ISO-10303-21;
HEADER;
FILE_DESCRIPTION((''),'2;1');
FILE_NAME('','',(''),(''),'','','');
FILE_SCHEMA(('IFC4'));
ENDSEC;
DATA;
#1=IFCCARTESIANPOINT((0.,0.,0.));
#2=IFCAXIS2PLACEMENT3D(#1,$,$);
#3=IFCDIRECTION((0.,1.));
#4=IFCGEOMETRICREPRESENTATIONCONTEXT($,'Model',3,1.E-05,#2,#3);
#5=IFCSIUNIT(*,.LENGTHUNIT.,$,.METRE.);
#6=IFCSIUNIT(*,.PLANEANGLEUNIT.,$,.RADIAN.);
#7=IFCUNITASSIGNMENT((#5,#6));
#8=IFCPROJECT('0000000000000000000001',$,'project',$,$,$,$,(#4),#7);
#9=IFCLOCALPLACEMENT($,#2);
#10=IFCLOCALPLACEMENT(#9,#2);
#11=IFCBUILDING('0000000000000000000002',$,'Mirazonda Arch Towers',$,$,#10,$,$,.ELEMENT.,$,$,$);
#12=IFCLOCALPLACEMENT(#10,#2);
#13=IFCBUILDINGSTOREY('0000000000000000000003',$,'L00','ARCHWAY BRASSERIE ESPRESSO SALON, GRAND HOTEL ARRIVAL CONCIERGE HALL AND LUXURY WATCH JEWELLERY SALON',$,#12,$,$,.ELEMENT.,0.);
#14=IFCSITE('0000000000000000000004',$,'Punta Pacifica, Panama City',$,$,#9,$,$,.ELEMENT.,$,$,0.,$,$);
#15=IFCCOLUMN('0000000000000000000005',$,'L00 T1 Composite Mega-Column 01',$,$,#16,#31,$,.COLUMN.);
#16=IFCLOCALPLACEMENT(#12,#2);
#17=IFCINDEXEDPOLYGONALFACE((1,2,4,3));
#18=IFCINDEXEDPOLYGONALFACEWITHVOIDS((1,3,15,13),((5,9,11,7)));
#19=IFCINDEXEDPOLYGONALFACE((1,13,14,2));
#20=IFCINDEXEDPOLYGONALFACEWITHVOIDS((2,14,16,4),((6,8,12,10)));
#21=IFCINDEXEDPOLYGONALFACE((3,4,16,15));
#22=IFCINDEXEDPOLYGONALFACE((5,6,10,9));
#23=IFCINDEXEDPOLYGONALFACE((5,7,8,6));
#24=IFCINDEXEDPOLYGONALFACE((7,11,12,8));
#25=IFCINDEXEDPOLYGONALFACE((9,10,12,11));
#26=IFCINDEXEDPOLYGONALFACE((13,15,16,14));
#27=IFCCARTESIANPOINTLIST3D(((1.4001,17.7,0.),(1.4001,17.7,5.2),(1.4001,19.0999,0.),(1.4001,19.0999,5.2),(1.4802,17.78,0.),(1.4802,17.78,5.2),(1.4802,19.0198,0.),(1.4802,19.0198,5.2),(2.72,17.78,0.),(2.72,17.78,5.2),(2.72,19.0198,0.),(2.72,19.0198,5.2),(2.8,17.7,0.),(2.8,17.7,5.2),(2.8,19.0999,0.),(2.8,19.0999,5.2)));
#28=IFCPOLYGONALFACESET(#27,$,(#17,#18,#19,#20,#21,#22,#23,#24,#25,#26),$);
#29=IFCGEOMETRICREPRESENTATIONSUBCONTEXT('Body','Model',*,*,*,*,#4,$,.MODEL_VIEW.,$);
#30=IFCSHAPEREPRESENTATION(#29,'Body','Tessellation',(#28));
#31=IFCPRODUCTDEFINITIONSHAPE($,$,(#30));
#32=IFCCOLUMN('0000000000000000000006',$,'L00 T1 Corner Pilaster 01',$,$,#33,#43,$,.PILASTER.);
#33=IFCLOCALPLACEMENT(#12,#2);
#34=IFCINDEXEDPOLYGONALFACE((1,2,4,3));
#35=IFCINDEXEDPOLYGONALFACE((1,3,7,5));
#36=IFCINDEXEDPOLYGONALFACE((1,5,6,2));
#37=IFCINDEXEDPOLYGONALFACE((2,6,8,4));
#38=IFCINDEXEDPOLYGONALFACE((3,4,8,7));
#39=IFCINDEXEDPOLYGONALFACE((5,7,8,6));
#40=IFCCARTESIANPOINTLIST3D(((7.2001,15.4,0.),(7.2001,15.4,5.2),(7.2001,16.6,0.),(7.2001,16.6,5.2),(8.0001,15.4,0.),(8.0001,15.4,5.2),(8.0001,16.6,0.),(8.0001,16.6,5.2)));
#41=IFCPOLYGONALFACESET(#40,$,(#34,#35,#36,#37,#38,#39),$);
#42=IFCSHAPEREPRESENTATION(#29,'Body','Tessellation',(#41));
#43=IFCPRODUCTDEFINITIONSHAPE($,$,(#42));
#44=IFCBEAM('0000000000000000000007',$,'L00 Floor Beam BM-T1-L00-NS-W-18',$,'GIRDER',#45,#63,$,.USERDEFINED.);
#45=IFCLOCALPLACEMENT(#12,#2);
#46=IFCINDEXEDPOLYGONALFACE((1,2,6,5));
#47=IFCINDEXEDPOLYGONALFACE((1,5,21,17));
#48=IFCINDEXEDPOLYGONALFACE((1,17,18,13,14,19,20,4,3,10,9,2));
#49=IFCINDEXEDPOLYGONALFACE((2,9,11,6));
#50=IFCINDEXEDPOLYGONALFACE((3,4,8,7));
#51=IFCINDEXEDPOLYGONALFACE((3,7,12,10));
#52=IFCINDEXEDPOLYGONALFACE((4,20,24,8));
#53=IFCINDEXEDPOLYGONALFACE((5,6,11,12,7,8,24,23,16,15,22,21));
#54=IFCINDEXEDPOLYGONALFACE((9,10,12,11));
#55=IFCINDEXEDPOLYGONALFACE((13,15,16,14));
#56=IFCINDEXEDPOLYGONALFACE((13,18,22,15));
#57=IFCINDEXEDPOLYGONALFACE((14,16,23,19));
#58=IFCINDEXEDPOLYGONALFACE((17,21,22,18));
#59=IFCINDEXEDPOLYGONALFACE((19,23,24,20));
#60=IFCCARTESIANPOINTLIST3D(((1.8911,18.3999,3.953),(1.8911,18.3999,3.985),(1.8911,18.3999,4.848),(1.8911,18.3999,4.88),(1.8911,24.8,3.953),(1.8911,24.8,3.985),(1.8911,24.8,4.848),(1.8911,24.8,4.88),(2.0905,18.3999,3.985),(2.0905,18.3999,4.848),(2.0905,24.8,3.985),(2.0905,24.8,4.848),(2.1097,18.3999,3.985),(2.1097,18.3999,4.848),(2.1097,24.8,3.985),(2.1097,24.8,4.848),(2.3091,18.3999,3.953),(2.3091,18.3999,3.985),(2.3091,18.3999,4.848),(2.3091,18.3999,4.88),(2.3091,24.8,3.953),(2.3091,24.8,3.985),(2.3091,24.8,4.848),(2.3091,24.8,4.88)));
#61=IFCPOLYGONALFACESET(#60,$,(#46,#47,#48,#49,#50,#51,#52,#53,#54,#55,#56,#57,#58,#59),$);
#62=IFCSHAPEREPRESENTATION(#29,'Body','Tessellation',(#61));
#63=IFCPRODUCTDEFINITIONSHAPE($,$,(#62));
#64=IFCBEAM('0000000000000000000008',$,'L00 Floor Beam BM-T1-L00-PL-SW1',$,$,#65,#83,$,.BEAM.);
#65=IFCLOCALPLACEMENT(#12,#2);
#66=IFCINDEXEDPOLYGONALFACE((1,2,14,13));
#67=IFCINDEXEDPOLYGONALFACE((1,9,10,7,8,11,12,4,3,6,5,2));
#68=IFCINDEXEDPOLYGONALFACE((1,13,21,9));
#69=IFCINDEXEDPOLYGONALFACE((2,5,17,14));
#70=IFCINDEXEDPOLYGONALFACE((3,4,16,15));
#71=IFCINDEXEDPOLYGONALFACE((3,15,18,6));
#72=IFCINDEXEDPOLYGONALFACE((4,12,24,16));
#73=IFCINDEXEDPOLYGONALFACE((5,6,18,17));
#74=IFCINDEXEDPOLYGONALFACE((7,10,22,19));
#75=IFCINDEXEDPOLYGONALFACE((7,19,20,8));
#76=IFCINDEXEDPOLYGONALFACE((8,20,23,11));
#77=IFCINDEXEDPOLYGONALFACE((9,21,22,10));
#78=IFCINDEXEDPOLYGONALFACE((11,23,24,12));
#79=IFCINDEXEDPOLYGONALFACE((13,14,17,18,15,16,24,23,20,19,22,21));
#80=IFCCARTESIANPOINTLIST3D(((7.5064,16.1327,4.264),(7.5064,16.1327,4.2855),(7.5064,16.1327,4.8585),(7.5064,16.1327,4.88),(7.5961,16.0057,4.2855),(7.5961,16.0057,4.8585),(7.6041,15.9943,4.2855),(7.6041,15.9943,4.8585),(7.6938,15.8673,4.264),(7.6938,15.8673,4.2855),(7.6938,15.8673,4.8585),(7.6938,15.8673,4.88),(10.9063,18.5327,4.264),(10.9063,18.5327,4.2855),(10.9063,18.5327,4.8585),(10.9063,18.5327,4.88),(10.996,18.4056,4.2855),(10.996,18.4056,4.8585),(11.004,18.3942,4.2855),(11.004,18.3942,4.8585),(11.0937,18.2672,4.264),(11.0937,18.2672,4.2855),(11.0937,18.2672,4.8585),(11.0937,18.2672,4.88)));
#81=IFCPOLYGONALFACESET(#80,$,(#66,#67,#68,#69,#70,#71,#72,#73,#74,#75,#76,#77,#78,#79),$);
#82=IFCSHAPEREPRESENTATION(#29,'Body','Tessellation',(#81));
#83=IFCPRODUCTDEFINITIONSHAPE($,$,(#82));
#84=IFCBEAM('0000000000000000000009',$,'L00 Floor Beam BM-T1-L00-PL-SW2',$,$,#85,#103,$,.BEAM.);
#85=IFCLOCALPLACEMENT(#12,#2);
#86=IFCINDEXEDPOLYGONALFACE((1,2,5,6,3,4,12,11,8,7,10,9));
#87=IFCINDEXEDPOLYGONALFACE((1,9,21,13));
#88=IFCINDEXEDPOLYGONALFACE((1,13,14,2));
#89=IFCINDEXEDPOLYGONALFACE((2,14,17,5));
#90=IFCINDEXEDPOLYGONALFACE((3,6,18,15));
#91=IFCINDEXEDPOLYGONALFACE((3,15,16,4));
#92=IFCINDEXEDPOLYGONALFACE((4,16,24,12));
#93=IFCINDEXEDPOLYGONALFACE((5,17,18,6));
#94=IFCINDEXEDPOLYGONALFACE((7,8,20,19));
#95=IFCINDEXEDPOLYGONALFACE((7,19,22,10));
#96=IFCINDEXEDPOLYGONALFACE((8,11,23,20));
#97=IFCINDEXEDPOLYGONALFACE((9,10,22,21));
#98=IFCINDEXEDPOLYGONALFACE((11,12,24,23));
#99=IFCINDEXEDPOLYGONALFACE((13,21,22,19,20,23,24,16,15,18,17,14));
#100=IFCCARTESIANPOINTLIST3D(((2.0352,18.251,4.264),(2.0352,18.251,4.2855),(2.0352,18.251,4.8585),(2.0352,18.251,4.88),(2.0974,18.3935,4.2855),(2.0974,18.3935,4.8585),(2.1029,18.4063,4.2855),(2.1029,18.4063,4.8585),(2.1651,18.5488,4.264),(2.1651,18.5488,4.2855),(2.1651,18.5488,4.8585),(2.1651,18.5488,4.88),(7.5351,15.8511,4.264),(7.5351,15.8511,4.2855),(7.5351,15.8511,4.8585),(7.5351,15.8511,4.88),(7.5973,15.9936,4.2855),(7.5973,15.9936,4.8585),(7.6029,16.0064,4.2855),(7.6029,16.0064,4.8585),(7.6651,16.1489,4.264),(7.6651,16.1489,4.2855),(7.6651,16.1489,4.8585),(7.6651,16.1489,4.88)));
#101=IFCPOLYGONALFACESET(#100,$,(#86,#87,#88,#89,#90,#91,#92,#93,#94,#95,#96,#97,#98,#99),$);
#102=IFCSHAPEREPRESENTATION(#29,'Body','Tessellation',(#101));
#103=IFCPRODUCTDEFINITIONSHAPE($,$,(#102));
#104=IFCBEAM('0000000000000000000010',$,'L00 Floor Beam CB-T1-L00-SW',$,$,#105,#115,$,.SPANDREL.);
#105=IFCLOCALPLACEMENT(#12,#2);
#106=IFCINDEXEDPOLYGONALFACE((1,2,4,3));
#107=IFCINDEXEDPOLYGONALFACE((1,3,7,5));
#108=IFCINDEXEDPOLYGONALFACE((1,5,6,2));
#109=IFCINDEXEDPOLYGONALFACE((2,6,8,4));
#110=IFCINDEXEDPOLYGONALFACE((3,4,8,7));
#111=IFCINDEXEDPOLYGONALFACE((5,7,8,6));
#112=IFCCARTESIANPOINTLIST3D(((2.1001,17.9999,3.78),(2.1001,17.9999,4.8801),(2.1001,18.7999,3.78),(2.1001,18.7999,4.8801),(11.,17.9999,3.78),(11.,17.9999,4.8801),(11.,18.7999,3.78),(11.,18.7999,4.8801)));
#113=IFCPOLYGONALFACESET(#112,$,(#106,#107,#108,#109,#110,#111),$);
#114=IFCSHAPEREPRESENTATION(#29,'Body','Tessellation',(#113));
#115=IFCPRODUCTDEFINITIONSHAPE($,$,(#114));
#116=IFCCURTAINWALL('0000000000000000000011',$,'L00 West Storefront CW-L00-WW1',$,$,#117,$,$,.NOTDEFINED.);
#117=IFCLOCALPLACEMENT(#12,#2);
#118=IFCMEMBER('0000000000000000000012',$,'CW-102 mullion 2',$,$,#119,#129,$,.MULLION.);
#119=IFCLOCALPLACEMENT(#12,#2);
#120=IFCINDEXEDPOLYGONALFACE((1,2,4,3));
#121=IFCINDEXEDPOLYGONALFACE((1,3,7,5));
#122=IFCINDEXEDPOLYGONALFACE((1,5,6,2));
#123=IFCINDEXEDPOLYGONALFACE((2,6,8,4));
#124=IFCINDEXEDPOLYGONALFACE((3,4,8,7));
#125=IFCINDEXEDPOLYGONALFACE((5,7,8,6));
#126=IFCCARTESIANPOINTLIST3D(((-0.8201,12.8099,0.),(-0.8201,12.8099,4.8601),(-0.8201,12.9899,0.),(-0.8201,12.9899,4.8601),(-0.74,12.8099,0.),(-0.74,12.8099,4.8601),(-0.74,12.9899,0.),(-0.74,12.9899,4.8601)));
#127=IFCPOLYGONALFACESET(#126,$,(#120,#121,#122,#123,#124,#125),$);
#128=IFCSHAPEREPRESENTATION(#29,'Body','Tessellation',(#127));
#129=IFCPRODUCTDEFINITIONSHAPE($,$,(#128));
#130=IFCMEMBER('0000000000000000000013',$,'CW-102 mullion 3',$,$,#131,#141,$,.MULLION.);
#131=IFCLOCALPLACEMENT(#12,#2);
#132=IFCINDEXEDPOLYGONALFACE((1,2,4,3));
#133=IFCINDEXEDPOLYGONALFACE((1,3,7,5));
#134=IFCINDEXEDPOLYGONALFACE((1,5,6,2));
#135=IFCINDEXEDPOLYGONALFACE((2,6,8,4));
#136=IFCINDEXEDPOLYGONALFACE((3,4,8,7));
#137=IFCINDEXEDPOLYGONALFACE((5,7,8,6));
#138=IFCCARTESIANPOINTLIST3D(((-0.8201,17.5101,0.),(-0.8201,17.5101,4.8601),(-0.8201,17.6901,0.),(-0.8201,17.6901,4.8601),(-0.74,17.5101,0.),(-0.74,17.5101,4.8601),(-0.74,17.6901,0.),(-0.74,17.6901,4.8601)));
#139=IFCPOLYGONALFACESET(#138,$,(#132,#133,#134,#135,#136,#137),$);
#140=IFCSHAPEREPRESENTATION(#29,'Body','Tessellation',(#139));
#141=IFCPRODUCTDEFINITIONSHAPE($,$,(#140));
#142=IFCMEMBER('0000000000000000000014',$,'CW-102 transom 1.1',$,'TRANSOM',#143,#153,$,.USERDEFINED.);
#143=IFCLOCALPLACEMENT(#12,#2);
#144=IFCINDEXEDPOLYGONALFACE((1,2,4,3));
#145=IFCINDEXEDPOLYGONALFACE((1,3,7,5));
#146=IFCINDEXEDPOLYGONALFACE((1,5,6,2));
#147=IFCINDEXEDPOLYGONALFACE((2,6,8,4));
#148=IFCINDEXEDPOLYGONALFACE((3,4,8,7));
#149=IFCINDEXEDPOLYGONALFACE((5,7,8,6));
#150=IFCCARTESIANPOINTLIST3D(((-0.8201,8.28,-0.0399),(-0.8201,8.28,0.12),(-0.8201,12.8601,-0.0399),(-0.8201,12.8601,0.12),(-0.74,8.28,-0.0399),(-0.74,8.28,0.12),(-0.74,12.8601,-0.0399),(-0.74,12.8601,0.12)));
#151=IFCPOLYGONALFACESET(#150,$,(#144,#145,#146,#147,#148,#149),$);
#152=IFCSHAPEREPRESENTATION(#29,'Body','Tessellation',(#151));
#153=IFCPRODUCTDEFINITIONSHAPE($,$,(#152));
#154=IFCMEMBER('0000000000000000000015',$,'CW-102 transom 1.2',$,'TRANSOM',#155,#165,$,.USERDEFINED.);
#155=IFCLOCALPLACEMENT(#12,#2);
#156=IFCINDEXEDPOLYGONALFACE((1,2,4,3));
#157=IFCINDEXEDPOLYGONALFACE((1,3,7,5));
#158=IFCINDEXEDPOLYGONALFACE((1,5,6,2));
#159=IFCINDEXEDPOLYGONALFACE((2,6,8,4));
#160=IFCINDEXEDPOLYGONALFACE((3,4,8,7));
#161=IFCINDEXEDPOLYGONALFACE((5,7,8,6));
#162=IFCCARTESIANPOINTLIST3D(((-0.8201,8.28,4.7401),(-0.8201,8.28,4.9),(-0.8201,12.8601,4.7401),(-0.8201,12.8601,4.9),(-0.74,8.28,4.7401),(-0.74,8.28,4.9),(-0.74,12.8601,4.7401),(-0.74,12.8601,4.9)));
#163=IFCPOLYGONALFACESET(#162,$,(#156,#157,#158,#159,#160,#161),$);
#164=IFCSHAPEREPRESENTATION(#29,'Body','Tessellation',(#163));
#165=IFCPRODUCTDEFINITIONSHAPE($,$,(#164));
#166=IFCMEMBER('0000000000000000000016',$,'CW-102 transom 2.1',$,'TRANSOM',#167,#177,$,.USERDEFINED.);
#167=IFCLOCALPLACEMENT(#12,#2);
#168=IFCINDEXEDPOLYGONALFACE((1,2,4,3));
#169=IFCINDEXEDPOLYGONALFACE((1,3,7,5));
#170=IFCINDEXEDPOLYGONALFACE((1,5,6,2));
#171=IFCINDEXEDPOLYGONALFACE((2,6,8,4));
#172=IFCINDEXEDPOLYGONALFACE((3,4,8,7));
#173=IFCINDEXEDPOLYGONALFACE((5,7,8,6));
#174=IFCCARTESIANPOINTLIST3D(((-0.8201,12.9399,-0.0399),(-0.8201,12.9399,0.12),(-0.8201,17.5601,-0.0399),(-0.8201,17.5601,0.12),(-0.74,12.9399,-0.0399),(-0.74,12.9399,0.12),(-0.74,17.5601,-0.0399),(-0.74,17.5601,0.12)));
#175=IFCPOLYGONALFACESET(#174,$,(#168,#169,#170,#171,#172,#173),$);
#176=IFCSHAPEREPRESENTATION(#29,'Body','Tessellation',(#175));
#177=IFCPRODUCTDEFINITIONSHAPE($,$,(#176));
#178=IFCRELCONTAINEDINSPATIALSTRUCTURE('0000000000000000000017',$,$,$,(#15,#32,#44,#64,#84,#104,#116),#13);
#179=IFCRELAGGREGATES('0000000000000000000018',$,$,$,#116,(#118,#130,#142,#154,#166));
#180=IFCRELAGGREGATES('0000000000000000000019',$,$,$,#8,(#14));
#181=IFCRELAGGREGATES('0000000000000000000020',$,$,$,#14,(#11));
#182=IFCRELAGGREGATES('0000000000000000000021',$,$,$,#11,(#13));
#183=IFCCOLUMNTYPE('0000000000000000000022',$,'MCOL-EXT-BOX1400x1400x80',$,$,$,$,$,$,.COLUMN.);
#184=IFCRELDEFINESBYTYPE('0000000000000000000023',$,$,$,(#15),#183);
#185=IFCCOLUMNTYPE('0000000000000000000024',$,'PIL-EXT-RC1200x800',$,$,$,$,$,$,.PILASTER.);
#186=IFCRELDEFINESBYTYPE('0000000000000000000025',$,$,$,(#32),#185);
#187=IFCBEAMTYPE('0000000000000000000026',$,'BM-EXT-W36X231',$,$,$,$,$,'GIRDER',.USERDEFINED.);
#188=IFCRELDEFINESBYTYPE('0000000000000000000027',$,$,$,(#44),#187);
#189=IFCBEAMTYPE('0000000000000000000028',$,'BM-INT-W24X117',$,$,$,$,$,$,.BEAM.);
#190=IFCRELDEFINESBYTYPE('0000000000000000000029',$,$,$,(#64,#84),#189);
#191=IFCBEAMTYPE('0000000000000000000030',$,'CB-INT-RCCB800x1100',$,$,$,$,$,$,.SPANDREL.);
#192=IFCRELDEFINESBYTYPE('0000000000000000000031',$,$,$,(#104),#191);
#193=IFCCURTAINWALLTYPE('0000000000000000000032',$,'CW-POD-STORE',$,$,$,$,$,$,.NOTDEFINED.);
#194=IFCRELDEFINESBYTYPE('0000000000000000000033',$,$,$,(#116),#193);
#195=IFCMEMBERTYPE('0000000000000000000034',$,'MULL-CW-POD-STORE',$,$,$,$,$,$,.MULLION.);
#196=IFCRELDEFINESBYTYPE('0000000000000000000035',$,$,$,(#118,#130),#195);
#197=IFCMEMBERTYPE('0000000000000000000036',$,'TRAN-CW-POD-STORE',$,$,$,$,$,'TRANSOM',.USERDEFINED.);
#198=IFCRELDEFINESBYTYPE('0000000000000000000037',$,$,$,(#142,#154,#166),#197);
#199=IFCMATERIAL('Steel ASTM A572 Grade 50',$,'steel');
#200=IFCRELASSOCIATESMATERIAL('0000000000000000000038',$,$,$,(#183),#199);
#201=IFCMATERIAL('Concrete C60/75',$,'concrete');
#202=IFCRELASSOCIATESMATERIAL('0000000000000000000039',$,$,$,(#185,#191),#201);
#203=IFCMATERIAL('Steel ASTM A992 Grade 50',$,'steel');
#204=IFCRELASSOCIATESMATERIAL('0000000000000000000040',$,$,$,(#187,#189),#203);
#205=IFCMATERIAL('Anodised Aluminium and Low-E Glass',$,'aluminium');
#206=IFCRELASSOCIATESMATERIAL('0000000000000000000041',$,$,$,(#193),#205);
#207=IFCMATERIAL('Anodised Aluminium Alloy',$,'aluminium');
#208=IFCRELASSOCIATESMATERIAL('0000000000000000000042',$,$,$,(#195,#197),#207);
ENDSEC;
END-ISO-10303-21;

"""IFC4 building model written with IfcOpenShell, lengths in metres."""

from ifc_helpers import new_model, si_unit, direction, frame, origin, origin_2d, place, context, subcontext, project, spatial, rectangle, hollow_rectangle, i_section, extrude, material, material_profile, profile_set, type_object, element, aggregate, save


model = new_model("IFC4")

# Units and contexts
model_context = context("Model", 3, precision=1e-05, world=origin(), true_north=direction((0.0, 1.0)))
body_context = subcontext(model_context, "Body", "Model", "MODEL_VIEW")
ifc_project = project(units=[si_unit("LENGTHUNIT", "METRE"), si_unit("PLANEANGLEUNIT", "RADIAN")], contexts=[model_context])

# Site, building, storey
site_placement = place(None, origin())
site = spatial("IfcSite", under=ifc_project, at=site_placement, Name="Punta Pacifica, Panama City", CompositionType="ELEMENT", RefElevation=0.0)
building_placement = place(site_placement, origin())
building = spatial("IfcBuilding", under=site, at=building_placement, Name="Mirazonda Arch Towers", CompositionType="ELEMENT")
storey_placement = place(building_placement, origin())
storey = spatial("IfcBuildingStorey", under=building, at=storey_placement, Name="L00", Description="ARCHWAY BRASSERIE ESPRESSO SALON, GRAND HOTEL ARRIVAL CONCIERGE HALL AND LUXURY WATCH JEWELLERY SALON", CompositionType="ELEMENT", Elevation=0.0)

# Columns
ifc_material_1 = material(Name="Steel ASTM A572 Grade 50", Category="steel")
ifc_material_profile_1 = material_profile(ifc_material_1, hollow_rectangle(XDim=1.3999, YDim=1.3999, WallThickness=0.0801, at=origin_2d()), Name="BOX1400x1400x80")
ifc_profile_set_1 = profile_set([ifc_material_profile_1], Name="Steel ASTM A572 Grade 50")
column_type_1 = type_object("IfcColumnType", Name="MCOL-EXT-BOX1400x1400x80", PredefinedType="COLUMN", material=ifc_profile_set_1)
column_1_placement = place(storey_placement, frame((2.1001, 18.3999, 0.0), z_axis=(0.0, 0.0, 1.0), x_axis=(1.0, 0.0, 0.0)))
element("IfcColumn", 1, at=column_1_placement, inside=storey, type_object=column_type_1, Name="L00 T1 Composite Mega-Column 01", PredefinedType="COLUMN", context=body_context, shape_type="SweptSolid", body=[
    extrude(hollow_rectangle(XDim=1.3999, YDim=1.3999, WallThickness=0.0801, at=origin_2d()), origin(), (0.0, 0.0, 1.0), 5.2),
])
ifc_material_2 = material(Name="Concrete C60/75", Category="concrete")
ifc_material_profile_2 = material_profile(ifc_material_2, rectangle(XDim=0.8, YDim=1.2, at=origin_2d()), Name="RC1200x800")
ifc_profile_set_2 = profile_set([ifc_material_profile_2], Name="Concrete C60/75")
column_type_2 = type_object("IfcColumnType", Name="PIL-EXT-RC1200x800", PredefinedType="PILASTER", material=ifc_profile_set_2)
column_2_placement = place(storey_placement, frame((7.6001, 16.0, 0.0), z_axis=(0.0, 0.0, 1.0), x_axis=(1.0, 0.0, 0.0)))
element("IfcColumn", 2, at=column_2_placement, inside=storey, type_object=column_type_2, Name="L00 T1 Corner Pilaster 01", PredefinedType="PILASTER", context=body_context, shape_type="SweptSolid", body=[
    extrude(rectangle(XDim=0.8, YDim=1.2, at=origin_2d()), origin(), (0.0, 0.0, 1.0), 5.2),
])

# Beams
ifc_material_3 = material(Name="Steel ASTM A992 Grade 50", Category="steel")
ifc_material_profile_3 = material_profile(ifc_material_3, i_section(OverallWidth=0.418, OverallDepth=0.927, WebThickness=0.0193, FlangeThickness=0.032, at=origin_2d()), Name="W36X231")
ifc_profile_set_3 = profile_set([ifc_material_profile_3], Name="Steel ASTM A992 Grade 50")
beam_type_1 = type_object("IfcBeamType", Name="BM-EXT-W36X231", ElementType="GIRDER", PredefinedType="USERDEFINED", material=ifc_profile_set_3)
beam_1_placement = place(storey_placement, frame((2.1001, 18.3999, 4.4165), z_axis=(0.0, 1.0, 0.0), x_axis=(-1.0, 0.0, 0.0)))
element("IfcBeam", 3, at=beam_1_placement, inside=storey, type_object=beam_type_1, Name="L00 Floor Beam BM-T1-L00-NS-W-18", ObjectType="GIRDER", PredefinedType="USERDEFINED", context=body_context, shape_type="SweptSolid", body=[
    extrude(i_section(OverallWidth=0.418, OverallDepth=0.927, WebThickness=0.0193, FlangeThickness=0.032, at=origin_2d()), origin(), (0.0, 0.0, 1.0), 6.4001),
])
ifc_material_profile_4 = material_profile(ifc_material_3, i_section(OverallWidth=0.325, OverallDepth=0.616, WebThickness=0.0139, FlangeThickness=0.0215, at=origin_2d()), Name="W24X117")
ifc_profile_set_4 = profile_set([ifc_material_profile_4], Name="Steel ASTM A992 Grade 50")
beam_type_2 = type_object("IfcBeamType", Name="BM-INT-W24X117", PredefinedType="BEAM", material=ifc_profile_set_4)
beam_2_placement = place(storey_placement, frame((7.6001, 16.0, 4.572), z_axis=(0.816971, 0.576679, 0.0), x_axis=(-0.576679, 0.816971, 0.0)))
element("IfcBeam", 4, at=beam_2_placement, inside=storey, type_object=beam_type_2, Name="L00 Floor Beam BM-T1-L00-PL-SW1", PredefinedType="BEAM", context=body_context, shape_type="SweptSolid", body=[
    extrude(i_section(OverallWidth=0.325, OverallDepth=0.616, WebThickness=0.0139, FlangeThickness=0.0215, at=origin_2d()), origin(), (0.0, 0.0, 1.0), 4.1616),
])
beam_3_placement = place(storey_placement, frame((7.6001, 16.0, 4.572), z_axis=(-0.916545, 0.399931, 0.0), x_axis=(-0.399931, -0.916545, 0.0)))
element("IfcBeam", 5, at=beam_3_placement, inside=storey, type_object=beam_type_2, Name="L00 Floor Beam BM-T1-L00-PL-SW2", PredefinedType="BEAM", context=body_context, shape_type="SweptSolid", body=[
    extrude(i_section(OverallWidth=0.325, OverallDepth=0.616, WebThickness=0.0139, FlangeThickness=0.0215, at=origin_2d()), origin(), (0.0, 0.0, 1.0), 6.0007),
])
ifc_material_profile_5 = material_profile(ifc_material_2, rectangle(XDim=0.8, YDim=1.1001, at=origin_2d()), Name="RCCB800x1100")
ifc_profile_set_5 = profile_set([ifc_material_profile_5], Name="Concrete C60/75")
beam_type_3 = type_object("IfcBeamType", Name="CB-INT-RCCB800x1100", PredefinedType="SPANDREL", material=ifc_profile_set_5)
beam_4_placement = place(storey_placement, frame((2.1001, 18.3999, 4.3301), z_axis=(1.0, 0.0, 0.0), x_axis=(0.0, 1.0, 0.0)))
element("IfcBeam", 6, at=beam_4_placement, inside=storey, type_object=beam_type_3, Name="L00 Floor Beam CB-T1-L00-SW", PredefinedType="SPANDREL", context=body_context, shape_type="SweptSolid", body=[
    extrude(rectangle(XDim=0.8, YDim=1.1001, at=origin_2d()), origin(), (0.0, 0.0, 1.0), 8.8999),
])

# Curtain wall, members
ifc_material_4 = material(Name="Anodised Aluminium and Low-E Glass", Category="aluminium")
curtain_wall_type = type_object("IfcCurtainWallType", Name="CW-POD-STORE", PredefinedType="NOTDEFINED", material=ifc_material_4)
curtain_wall_placement = place(storey_placement, origin())
curtain_wall = element("IfcCurtainWall", 7, at=curtain_wall_placement, inside=storey, type_object=curtain_wall_type, Name="L00 West Storefront CW-L00-WW1", PredefinedType="NOTDEFINED")
ifc_material_5 = material(Name="Anodised Aluminium Alloy", Category="aluminium")
ifc_material_profile_6 = material_profile(ifc_material_5, rectangle(XDim=0.0801, YDim=0.1799, at=origin_2d()), Name="ALU-MULL-80x180")
ifc_profile_set_6 = profile_set([ifc_material_profile_6], Name="Anodised Aluminium Alloy")
member_type_1 = type_object("IfcMemberType", Name="MULL-CW-POD-STORE", PredefinedType="MULLION", material=ifc_profile_set_6)
member_1_placement = place(storey_placement, frame((-0.78, 12.8999, 0.0), z_axis=(0.0, 0.0, 1.0), x_axis=(-1.0, 0.0, 0.0)))
member_1 = element("IfcMember", 8, at=member_1_placement, type_object=member_type_1, Name="CW-102 mullion 2", PredefinedType="MULLION", context=body_context, shape_type="SweptSolid", body=[
    extrude(rectangle(XDim=0.0801, YDim=0.1799, at=origin_2d()), origin(), (0.0, 0.0, 1.0), 4.8601),
])
member_2_placement = place(storey_placement, frame((-0.78, 17.6001, 0.0), z_axis=(0.0, 0.0, 1.0), x_axis=(-1.0, 0.0, 0.0)))
member_2 = element("IfcMember", 9, at=member_2_placement, type_object=member_type_1, Name="CW-102 mullion 3", PredefinedType="MULLION", context=body_context, shape_type="SweptSolid", body=[
    extrude(rectangle(XDim=0.0801, YDim=0.1799, at=origin_2d()), origin(), (0.0, 0.0, 1.0), 4.8601),
])
ifc_material_profile_7 = material_profile(ifc_material_5, rectangle(XDim=0.0801, YDim=0.1599, at=origin_2d()), Name="ALU-TRAN-80x160")
ifc_profile_set_7 = profile_set([ifc_material_profile_7], Name="Anodised Aluminium Alloy")
member_type_2 = type_object("IfcMemberType", Name="TRAN-CW-POD-STORE", ElementType="TRANSOM", PredefinedType="USERDEFINED", material=ifc_profile_set_7)
member_3_placement = place(storey_placement, frame((-0.78, 8.28, 0.04), z_axis=(0.0, 1.0, 0.0), x_axis=(-1.0, 0.0, 0.0)))
member_3 = element("IfcMember", 10, at=member_3_placement, type_object=member_type_2, Name="CW-102 transom 1.1", ObjectType="TRANSOM", PredefinedType="USERDEFINED", context=body_context, shape_type="SweptSolid", body=[
    extrude(rectangle(XDim=0.0801, YDim=0.1599, at=origin_2d()), origin(), (0.0, 0.0, 1.0), 4.5801),
])
member_4_placement = place(storey_placement, frame((-0.78, 8.28, 4.8201), z_axis=(0.0, 1.0, 0.0), x_axis=(-1.0, 0.0, 0.0)))
member_4 = element("IfcMember", 11, at=member_4_placement, type_object=member_type_2, Name="CW-102 transom 1.2", ObjectType="TRANSOM", PredefinedType="USERDEFINED", context=body_context, shape_type="SweptSolid", body=[
    extrude(rectangle(XDim=0.0801, YDim=0.1599, at=origin_2d()), origin(), (0.0, 0.0, 1.0), 4.5801),
])
member_5_placement = place(storey_placement, frame((-0.78, 12.9399, 0.04), z_axis=(0.0, 1.0, 0.0), x_axis=(-1.0, 0.0, 0.0)))
member_5 = element("IfcMember", 12, at=member_5_placement, type_object=member_type_2, Name="CW-102 transom 2.1", ObjectType="TRANSOM", PredefinedType="USERDEFINED", context=body_context, shape_type="SweptSolid", body=[
    extrude(rectangle(XDim=0.0801, YDim=0.1599, at=origin_2d()), origin(), (0.0, 0.0, 1.0), 4.6201),
])
aggregate(curtain_wall, [member_1, member_2, member_3, member_4, member_5])

save(model, "model.ifc")
